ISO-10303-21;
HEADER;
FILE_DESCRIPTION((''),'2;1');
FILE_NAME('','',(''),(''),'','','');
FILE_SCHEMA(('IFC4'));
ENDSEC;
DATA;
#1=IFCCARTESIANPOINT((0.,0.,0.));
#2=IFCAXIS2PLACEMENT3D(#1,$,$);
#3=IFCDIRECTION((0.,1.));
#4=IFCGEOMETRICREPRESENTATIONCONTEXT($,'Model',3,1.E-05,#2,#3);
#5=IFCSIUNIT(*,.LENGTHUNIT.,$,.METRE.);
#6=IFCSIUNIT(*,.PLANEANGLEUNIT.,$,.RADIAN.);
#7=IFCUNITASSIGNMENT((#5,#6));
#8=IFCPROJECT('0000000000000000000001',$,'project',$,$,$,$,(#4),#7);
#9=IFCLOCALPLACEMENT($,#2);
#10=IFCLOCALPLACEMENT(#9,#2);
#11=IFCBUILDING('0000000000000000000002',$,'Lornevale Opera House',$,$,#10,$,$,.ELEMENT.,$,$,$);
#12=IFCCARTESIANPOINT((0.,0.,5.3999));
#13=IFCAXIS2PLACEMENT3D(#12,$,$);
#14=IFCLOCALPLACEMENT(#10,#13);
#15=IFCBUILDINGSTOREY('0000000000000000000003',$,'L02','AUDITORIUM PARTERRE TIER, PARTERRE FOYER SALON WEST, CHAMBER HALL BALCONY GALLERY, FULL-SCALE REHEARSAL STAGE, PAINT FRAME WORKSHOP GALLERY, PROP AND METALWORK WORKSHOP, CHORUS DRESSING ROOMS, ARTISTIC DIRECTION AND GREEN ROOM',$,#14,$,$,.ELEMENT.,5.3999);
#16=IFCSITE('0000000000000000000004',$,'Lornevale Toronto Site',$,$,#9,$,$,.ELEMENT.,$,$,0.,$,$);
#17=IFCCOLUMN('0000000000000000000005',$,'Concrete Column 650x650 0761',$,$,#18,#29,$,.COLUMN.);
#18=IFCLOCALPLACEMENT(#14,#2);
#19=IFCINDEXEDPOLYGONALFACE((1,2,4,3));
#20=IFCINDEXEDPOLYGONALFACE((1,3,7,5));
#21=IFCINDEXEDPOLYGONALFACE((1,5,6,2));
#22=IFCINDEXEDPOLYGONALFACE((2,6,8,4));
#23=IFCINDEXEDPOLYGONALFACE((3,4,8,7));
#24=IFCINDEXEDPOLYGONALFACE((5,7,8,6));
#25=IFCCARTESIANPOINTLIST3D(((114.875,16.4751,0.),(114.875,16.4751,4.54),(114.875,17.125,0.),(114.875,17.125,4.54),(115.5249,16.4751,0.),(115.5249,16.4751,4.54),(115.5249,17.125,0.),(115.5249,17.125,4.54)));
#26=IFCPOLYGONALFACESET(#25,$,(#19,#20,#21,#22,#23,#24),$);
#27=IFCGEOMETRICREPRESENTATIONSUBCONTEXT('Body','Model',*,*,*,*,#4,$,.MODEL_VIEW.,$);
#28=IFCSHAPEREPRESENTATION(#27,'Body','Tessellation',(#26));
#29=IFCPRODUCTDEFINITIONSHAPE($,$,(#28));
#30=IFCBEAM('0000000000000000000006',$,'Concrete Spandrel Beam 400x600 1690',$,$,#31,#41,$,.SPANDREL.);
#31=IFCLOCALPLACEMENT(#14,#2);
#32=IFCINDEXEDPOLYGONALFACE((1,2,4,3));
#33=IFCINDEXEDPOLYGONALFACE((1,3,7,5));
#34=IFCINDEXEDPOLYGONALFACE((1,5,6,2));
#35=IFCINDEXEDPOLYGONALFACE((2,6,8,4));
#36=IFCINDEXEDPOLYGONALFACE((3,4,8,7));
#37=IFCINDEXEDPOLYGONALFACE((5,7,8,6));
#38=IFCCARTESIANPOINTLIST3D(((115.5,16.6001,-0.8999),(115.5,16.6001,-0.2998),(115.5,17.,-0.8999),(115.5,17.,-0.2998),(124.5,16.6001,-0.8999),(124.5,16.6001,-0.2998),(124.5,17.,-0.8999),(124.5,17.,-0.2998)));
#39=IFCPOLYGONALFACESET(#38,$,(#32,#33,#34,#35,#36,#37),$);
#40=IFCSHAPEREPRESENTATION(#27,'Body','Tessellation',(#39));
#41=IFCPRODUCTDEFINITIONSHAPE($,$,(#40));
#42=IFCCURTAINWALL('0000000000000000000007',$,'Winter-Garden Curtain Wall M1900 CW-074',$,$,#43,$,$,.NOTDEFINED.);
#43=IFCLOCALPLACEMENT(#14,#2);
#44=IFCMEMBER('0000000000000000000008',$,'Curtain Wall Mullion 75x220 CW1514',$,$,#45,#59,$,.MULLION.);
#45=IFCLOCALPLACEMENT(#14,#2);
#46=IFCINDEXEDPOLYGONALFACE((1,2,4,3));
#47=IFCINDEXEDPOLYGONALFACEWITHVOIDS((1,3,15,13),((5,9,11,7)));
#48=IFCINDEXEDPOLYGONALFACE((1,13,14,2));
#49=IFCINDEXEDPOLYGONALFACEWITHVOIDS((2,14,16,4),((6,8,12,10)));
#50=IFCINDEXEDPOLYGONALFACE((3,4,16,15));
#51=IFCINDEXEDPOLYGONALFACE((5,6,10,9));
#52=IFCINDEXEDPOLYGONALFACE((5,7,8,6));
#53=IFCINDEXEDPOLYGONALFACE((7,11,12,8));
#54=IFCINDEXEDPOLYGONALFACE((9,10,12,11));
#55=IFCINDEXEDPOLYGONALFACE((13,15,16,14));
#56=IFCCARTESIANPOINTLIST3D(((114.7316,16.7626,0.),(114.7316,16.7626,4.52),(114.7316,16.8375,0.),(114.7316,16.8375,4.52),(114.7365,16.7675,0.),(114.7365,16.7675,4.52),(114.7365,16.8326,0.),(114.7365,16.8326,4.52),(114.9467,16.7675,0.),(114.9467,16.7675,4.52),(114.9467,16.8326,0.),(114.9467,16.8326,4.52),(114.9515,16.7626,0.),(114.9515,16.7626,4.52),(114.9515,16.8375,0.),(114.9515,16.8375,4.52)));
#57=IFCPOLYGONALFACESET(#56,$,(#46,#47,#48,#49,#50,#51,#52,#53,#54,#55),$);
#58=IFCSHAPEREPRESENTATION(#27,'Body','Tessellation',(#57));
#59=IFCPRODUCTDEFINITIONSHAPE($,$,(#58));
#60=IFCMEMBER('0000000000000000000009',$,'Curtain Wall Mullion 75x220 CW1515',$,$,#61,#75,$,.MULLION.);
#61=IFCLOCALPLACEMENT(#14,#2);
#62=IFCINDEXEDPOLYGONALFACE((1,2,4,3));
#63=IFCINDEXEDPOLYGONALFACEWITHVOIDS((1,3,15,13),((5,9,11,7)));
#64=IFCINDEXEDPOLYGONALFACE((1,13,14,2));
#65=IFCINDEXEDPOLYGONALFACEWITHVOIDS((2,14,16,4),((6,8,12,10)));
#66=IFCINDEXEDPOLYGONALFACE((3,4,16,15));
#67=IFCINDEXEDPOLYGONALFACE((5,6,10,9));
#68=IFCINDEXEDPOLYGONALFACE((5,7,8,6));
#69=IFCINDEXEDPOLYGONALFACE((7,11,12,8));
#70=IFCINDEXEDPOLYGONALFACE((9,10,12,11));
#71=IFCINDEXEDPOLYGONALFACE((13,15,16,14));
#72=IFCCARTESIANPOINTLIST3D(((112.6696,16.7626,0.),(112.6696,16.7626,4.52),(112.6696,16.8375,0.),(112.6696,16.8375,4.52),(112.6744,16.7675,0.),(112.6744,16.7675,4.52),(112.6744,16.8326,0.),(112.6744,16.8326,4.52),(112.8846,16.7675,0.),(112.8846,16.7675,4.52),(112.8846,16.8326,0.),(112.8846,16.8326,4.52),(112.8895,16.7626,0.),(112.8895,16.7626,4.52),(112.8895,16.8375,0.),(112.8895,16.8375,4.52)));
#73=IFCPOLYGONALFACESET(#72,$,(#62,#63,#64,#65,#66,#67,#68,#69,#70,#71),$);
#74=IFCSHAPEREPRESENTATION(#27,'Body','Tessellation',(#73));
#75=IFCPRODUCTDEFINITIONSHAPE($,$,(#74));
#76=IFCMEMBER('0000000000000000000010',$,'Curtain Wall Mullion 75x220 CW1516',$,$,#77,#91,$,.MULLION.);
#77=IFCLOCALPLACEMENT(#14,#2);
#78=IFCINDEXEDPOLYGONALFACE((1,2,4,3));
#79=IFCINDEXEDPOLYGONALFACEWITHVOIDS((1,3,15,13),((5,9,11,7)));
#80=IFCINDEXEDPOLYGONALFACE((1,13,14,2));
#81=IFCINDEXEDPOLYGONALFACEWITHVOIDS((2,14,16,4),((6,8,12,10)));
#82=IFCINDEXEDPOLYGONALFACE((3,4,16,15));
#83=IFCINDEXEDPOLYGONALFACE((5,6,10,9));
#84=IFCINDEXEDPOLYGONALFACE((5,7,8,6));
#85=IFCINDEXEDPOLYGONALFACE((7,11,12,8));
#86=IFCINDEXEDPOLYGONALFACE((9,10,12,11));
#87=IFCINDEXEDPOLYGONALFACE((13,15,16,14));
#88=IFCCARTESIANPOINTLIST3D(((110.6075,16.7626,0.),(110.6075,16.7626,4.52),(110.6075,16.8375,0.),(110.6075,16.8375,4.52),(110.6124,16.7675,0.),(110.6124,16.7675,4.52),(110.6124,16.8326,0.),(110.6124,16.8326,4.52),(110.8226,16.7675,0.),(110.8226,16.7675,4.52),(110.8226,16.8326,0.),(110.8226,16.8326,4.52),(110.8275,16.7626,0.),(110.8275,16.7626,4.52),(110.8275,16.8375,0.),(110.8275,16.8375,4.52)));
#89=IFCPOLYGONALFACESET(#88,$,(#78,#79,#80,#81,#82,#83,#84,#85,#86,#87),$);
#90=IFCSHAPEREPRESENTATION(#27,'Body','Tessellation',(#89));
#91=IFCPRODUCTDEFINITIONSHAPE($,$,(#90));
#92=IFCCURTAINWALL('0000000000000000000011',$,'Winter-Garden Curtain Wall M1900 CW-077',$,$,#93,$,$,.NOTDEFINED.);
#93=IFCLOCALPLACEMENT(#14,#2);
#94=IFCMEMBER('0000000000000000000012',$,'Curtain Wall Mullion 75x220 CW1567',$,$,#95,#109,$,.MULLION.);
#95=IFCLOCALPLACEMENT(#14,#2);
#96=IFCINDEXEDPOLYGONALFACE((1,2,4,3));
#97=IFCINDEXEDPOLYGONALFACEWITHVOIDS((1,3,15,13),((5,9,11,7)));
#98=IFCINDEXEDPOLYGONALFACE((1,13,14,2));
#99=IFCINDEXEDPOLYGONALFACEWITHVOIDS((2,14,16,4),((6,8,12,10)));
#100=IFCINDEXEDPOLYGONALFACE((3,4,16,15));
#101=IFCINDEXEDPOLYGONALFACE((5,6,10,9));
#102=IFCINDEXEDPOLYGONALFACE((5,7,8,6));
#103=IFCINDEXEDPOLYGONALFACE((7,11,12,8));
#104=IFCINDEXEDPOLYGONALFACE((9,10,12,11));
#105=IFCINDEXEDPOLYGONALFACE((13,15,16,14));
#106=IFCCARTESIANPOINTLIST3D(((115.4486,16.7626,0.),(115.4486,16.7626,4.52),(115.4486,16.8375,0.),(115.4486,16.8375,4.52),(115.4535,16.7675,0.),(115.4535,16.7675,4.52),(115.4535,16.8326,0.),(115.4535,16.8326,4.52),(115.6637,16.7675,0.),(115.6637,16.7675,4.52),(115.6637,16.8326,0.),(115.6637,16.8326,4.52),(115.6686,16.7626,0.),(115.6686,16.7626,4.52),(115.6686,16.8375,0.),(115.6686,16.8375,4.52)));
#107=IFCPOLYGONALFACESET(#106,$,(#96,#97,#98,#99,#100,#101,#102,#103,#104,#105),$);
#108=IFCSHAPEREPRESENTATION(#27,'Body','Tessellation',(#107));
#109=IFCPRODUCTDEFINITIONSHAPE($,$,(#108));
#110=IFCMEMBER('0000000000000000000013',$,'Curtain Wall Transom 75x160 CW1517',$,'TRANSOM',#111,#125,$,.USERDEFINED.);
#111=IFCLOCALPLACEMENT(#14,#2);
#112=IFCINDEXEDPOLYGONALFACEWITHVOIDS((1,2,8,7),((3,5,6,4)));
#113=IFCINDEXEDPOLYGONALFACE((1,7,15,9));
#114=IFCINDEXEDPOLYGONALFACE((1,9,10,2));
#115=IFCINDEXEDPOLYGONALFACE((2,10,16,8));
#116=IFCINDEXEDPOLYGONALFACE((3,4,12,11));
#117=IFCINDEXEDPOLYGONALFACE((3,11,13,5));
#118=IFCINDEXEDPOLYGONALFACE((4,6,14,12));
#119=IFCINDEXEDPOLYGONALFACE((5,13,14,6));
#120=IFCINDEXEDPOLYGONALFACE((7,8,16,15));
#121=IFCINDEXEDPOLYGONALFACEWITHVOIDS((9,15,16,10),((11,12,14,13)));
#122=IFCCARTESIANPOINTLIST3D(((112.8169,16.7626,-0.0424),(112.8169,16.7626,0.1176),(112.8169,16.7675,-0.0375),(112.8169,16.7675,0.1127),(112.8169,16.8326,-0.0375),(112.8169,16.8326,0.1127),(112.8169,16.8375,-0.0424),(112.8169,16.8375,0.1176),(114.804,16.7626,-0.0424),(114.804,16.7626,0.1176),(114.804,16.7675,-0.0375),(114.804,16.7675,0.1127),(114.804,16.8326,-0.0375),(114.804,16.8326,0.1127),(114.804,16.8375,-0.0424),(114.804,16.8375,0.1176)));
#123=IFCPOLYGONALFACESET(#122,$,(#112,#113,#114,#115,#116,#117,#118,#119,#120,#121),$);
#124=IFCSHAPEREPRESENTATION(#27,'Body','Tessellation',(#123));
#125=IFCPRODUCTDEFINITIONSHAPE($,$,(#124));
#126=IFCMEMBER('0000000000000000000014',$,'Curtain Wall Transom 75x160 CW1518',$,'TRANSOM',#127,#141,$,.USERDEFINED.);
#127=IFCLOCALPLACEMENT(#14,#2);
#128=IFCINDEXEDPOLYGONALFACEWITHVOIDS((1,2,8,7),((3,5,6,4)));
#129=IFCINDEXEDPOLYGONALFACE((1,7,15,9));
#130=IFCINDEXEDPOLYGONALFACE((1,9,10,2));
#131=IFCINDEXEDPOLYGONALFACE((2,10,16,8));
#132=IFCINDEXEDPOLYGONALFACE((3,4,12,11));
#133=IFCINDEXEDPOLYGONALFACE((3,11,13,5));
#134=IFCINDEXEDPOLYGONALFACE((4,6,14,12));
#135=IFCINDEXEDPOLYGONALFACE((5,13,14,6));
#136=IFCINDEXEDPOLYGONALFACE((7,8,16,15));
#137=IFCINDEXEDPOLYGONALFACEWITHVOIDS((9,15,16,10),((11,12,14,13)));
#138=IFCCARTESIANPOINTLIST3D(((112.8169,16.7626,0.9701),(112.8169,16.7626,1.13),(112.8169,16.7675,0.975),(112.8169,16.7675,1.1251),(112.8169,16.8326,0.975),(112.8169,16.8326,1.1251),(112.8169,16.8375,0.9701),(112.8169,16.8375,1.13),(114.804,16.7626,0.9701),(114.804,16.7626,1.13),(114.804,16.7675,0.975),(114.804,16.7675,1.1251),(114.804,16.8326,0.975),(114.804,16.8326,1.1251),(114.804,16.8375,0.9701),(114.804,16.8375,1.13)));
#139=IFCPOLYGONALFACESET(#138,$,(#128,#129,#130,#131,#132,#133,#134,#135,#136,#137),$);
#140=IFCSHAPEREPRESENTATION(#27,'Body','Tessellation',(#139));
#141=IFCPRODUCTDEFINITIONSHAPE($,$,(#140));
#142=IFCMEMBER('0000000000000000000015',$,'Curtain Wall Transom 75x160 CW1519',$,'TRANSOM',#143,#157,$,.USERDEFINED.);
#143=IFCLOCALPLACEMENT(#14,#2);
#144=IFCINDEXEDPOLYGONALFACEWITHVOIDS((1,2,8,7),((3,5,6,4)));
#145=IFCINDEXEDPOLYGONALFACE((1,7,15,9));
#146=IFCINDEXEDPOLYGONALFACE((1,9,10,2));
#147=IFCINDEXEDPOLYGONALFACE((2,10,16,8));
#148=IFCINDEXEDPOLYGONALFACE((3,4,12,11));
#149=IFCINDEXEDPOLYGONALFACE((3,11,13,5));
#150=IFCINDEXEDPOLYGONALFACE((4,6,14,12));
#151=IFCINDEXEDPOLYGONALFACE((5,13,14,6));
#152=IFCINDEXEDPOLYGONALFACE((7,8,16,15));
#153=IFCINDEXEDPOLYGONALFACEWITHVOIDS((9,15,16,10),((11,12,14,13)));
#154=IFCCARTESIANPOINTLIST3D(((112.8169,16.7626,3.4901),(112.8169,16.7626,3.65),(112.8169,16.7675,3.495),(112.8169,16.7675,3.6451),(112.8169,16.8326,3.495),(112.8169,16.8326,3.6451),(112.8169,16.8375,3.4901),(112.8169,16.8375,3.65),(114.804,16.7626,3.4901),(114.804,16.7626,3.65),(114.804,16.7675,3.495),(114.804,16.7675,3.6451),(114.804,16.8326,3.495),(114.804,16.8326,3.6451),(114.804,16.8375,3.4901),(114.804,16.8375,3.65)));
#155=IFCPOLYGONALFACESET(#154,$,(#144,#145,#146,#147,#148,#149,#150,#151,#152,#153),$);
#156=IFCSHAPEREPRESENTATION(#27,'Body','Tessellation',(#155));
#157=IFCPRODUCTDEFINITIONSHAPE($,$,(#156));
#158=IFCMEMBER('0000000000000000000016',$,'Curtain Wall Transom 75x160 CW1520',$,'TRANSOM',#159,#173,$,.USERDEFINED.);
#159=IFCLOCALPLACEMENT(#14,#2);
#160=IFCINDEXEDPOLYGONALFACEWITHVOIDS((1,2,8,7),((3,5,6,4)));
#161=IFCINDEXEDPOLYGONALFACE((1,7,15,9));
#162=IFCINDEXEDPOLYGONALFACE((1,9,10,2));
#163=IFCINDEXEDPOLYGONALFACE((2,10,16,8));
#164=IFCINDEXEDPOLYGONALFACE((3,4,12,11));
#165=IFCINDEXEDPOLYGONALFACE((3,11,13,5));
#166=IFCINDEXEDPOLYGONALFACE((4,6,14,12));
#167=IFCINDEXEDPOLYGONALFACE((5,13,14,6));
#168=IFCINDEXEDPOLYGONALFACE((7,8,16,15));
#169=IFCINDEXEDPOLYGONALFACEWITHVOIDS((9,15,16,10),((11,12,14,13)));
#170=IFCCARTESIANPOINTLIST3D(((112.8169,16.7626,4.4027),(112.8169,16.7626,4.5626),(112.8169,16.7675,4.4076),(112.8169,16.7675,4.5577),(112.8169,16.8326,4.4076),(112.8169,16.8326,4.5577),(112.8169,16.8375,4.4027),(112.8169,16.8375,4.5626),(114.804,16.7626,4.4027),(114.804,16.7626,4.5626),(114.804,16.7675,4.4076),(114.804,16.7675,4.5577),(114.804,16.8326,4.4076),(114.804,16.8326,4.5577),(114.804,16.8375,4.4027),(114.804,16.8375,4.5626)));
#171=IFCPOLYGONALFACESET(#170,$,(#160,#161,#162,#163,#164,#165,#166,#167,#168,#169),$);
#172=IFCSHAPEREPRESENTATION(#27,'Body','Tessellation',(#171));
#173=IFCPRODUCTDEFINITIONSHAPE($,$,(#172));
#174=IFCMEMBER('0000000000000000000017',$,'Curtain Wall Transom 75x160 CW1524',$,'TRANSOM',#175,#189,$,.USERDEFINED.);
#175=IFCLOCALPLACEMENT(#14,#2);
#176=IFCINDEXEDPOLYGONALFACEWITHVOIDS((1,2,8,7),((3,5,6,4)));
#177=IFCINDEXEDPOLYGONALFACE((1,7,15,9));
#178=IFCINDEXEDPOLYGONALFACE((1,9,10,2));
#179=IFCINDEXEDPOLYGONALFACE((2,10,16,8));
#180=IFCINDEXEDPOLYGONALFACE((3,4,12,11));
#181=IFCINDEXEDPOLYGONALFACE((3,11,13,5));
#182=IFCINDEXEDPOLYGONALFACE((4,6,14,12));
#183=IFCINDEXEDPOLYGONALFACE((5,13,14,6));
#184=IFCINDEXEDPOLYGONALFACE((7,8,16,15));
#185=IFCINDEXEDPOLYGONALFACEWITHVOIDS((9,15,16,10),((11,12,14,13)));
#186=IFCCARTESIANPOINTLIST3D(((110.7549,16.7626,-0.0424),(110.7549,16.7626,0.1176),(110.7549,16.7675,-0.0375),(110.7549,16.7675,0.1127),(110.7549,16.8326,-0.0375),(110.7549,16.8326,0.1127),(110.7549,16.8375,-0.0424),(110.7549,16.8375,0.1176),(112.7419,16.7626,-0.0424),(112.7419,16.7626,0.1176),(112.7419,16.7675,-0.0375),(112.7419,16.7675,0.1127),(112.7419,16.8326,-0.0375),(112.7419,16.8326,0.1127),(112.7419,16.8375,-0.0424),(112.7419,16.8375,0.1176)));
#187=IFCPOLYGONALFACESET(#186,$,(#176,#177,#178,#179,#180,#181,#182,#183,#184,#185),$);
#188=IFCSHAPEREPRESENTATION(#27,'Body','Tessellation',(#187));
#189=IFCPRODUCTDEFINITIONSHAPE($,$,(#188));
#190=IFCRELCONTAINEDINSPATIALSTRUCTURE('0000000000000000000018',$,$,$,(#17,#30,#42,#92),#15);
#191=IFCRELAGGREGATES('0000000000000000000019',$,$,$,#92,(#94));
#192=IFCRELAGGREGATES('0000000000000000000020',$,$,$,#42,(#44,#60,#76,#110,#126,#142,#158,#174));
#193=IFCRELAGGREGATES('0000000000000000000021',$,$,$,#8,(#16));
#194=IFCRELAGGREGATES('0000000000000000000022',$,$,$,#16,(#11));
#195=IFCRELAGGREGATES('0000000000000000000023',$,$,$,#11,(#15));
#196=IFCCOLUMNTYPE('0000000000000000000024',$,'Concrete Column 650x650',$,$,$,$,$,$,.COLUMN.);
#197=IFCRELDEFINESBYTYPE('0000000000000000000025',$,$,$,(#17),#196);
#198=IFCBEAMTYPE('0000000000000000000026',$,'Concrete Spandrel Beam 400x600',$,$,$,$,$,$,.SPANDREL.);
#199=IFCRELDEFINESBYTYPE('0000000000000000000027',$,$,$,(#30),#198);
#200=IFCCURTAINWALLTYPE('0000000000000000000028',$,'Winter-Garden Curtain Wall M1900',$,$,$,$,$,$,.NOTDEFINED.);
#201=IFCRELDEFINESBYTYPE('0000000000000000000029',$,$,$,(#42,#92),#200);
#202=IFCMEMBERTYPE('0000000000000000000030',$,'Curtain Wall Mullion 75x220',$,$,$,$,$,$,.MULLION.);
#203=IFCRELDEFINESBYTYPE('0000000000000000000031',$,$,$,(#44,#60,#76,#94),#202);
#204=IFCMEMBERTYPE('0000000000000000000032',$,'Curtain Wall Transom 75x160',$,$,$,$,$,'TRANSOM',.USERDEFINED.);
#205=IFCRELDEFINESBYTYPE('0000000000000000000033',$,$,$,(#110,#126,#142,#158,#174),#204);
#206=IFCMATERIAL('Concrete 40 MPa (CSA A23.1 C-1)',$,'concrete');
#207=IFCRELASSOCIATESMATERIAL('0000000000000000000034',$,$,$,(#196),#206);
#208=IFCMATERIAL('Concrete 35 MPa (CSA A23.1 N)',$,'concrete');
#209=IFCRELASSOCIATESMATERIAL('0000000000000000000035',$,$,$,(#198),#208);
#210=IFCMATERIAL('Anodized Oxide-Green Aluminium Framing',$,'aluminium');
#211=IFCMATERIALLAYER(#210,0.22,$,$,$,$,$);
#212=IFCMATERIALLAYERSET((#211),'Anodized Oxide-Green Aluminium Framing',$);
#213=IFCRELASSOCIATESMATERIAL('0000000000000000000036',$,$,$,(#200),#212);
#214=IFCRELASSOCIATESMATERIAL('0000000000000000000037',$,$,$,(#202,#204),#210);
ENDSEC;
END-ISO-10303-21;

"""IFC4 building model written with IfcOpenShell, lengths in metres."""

from ifc_helpers import new_model, si_unit, direction, frame, origin, origin_2d, place, context, subcontext, project, spatial, rectangle, hollow_rectangle, extrude, material, layer, layer_set, material_profile, profile_set, type_object, element, aggregate, save


model = new_model("IFC4")

# Units and contexts
model_context = context("Model", 3, precision=1e-05, world=origin(), true_north=direction((0.0, 1.0)))
body_context = subcontext(model_context, "Body", "Model", "MODEL_VIEW")
ifc_project = project(units=[si_unit("LENGTHUNIT", "METRE"), si_unit("PLANEANGLEUNIT", "RADIAN")], contexts=[model_context])

# Site, building, storey
site_placement = place(None, origin())
site = spatial("IfcSite", under=ifc_project, at=site_placement, Name="Lornevale Toronto Site", CompositionType="ELEMENT", RefElevation=0.0)
building_placement = place(site_placement, origin())
building = spatial("IfcBuilding", under=site, at=building_placement, Name="Lornevale Opera House", CompositionType="ELEMENT")
storey_placement = place(building_placement, frame((0.0, 0.0, 5.3999)))
storey = spatial("IfcBuildingStorey", under=building, at=storey_placement, Name="L02", Description="AUDITORIUM PARTERRE TIER, PARTERRE FOYER SALON WEST, CHAMBER HALL BALCONY GALLERY, FULL-SCALE REHEARSAL STAGE, PAINT FRAME WORKSHOP GALLERY, PROP AND METALWORK WORKSHOP, CHORUS DRESSING ROOMS, ARTISTIC DIRECTION AND GREEN ROOM", CompositionType="ELEMENT", Elevation=5.3999)

# Column
ifc_material_1 = material(Name="Concrete 40 MPa (CSA A23.1 C-1)", Category="concrete")
ifc_material_profile_1 = material_profile(ifc_material_1, rectangle(XDim=0.6499, YDim=0.6499, at=origin_2d()), Name="RC650x650")
ifc_profile_set_1 = profile_set([ifc_material_profile_1], Name="Concrete 40 MPa (CSA A23.1 C-1)")
column_type = type_object("IfcColumnType", Name="Concrete Column 650x650", PredefinedType="COLUMN", material=ifc_profile_set_1)
column_placement = place(storey_placement, frame((115.2, 16.8, 0.0), z_axis=(0.0, 0.0, 1.0), x_axis=(1.0, 0.0, 0.0)))
element("IfcColumn", 1, at=column_placement, inside=storey, type_object=column_type, Name="Concrete Column 650x650 0761", PredefinedType="COLUMN", context=body_context, shape_type="SweptSolid", body=[
    extrude(rectangle(XDim=0.6499, YDim=0.6499, at=origin_2d()), origin(), (0.0, 0.0, 1.0), 4.54),
])

# Beam
ifc_material_2 = material(Name="Concrete 35 MPa (CSA A23.1 N)", Category="concrete")
ifc_material_profile_2 = material_profile(ifc_material_2, rectangle(XDim=0.3999, YDim=0.6001, at=origin_2d()), Name="RC400x600")
ifc_profile_set_2 = profile_set([ifc_material_profile_2], Name="Concrete 35 MPa (CSA A23.1 N)")
beam_type = type_object("IfcBeamType", Name="Concrete Spandrel Beam 400x600", PredefinedType="SPANDREL", material=ifc_profile_set_2)
beam_placement = place(storey_placement, frame((115.5, 16.8, -0.5999), z_axis=(1.0, 0.0, 0.0), x_axis=(0.0, 1.0, 0.0)))
element("IfcBeam", 2, at=beam_placement, inside=storey, type_object=beam_type, Name="Concrete Spandrel Beam 400x600 1690", PredefinedType="SPANDREL", context=body_context, shape_type="SweptSolid", body=[
    extrude(rectangle(XDim=0.3999, YDim=0.6001, at=origin_2d()), origin(), (0.0, 0.0, 1.0), 9.0),
])

# Curtain wall, members
ifc_material_3 = material(Name="Anodized Oxide-Green Aluminium Framing", Category="aluminium")
ifc_layer_1 = layer(ifc_material_3, 0.22)
ifc_layer_set_1 = layer_set([ifc_layer_1], Name="Anodized Oxide-Green Aluminium Framing")
curtain_wall_type = type_object("IfcCurtainWallType", Name="Winter-Garden Curtain Wall M1900", PredefinedType="NOTDEFINED", material=ifc_layer_set_1)
curtain_wall_1_placement = place(storey_placement, origin())
curtain_wall_1 = element("IfcCurtainWall", 3, at=curtain_wall_1_placement, inside=storey, type_object=curtain_wall_type, Name="Winter-Garden Curtain Wall M1900 CW-074", PredefinedType="NOTDEFINED")
ifc_material_profile_3 = material_profile(ifc_material_3, hollow_rectangle(XDim=0.075, YDim=0.22, WallThickness=0.0049, at=origin_2d()), Name="ALU75x220x5")
ifc_profile_set_3 = profile_set([ifc_material_profile_3], Name="Anodized Oxide-Green Aluminium Framing")
member_type_1 = type_object("IfcMemberType", Name="Curtain Wall Mullion 75x220", PredefinedType="MULLION", material=ifc_profile_set_3)
member_1_placement = place(storey_placement, frame((114.8416, 16.8, 0.0), z_axis=(0.0, 0.0, 1.0), x_axis=(0.0, -1.0, 0.0)))
member_1 = element("IfcMember", 4, at=member_1_placement, type_object=member_type_1, Name="Curtain Wall Mullion 75x220 CW1514", PredefinedType="MULLION", context=body_context, shape_type="SweptSolid", body=[
    extrude(hollow_rectangle(XDim=0.075, YDim=0.22, WallThickness=0.0049, at=origin_2d()), origin(), (0.0, 0.0, 1.0), 4.52),
])
member_2_placement = place(storey_placement, frame((112.7795, 16.8, 0.0), z_axis=(0.0, 0.0, 1.0), x_axis=(0.0, -1.0, 0.0)))
member_2 = element("IfcMember", 5, at=member_2_placement, type_object=member_type_1, Name="Curtain Wall Mullion 75x220 CW1515", PredefinedType="MULLION", context=body_context, shape_type="SweptSolid", body=[
    extrude(hollow_rectangle(XDim=0.075, YDim=0.22, WallThickness=0.0049, at=origin_2d()), origin(), (0.0, 0.0, 1.0), 4.52),
])
member_3_placement = place(storey_placement, frame((110.7175, 16.8, 0.0), z_axis=(0.0, 0.0, 1.0), x_axis=(0.0, -1.0, 0.0)))
member_3 = element("IfcMember", 6, at=member_3_placement, type_object=member_type_1, Name="Curtain Wall Mullion 75x220 CW1516", PredefinedType="MULLION", context=body_context, shape_type="SweptSolid", body=[
    extrude(hollow_rectangle(XDim=0.075, YDim=0.22, WallThickness=0.0049, at=origin_2d()), origin(), (0.0, 0.0, 1.0), 4.52),
])

# Curtain wall, member
curtain_wall_2_placement = place(storey_placement, origin())
curtain_wall_2 = element("IfcCurtainWall", 7, at=curtain_wall_2_placement, inside=storey, type_object=curtain_wall_type, Name="Winter-Garden Curtain Wall M1900 CW-077", PredefinedType="NOTDEFINED")
member_4_placement = place(storey_placement, frame((115.5586, 16.8, 0.0), z_axis=(0.0, 0.0, 1.0), x_axis=(0.0, -1.0, 0.0)))
member_4 = element("IfcMember", 8, at=member_4_placement, type_object=member_type_1, Name="Curtain Wall Mullion 75x220 CW1567", PredefinedType="MULLION", context=body_context, shape_type="SweptSolid", body=[
    extrude(hollow_rectangle(XDim=0.075, YDim=0.22, WallThickness=0.0049, at=origin_2d()), origin(), (0.0, 0.0, 1.0), 4.52),
])
aggregate(curtain_wall_2, [member_4])

# Members
ifc_material_profile_4 = material_profile(ifc_material_3, hollow_rectangle(XDim=0.075, YDim=0.1599, WallThickness=0.0049, at=origin_2d()), Name="ALU75x160x5")
ifc_profile_set_4 = profile_set([ifc_material_profile_4], Name="Anodized Oxide-Green Aluminium Framing")
member_type_2 = type_object("IfcMemberType", Name="Curtain Wall Transom 75x160", ElementType="TRANSOM", PredefinedType="USERDEFINED", material=ifc_profile_set_4)
member_5_placement = place(storey_placement, frame((114.804, 16.8, 0.0376), z_axis=(-1.0, 0.0, 0.0), x_axis=(0.0, -1.0, 0.0)))
member_5 = element("IfcMember", 9, at=member_5_placement, type_object=member_type_2, Name="Curtain Wall Transom 75x160 CW1517", ObjectType="TRANSOM", PredefinedType="USERDEFINED", context=body_context, shape_type="SweptSolid", body=[
    extrude(hollow_rectangle(XDim=0.075, YDim=0.1599, WallThickness=0.0049, at=origin_2d()), origin(), (0.0, 0.0, 1.0), 1.9871),
])
member_6_placement = place(storey_placement, frame((114.804, 16.8, 1.05), z_axis=(-1.0, 0.0, 0.0), x_axis=(0.0, -1.0, 0.0)))
member_6 = element("IfcMember", 10, at=member_6_placement, type_object=member_type_2, Name="Curtain Wall Transom 75x160 CW1518", ObjectType="TRANSOM", PredefinedType="USERDEFINED", context=body_context, shape_type="SweptSolid", body=[
    extrude(hollow_rectangle(XDim=0.075, YDim=0.1599, WallThickness=0.0049, at=origin_2d()), origin(), (0.0, 0.0, 1.0), 1.9871),
])
member_7_placement = place(storey_placement, frame((114.804, 16.8, 3.5701), z_axis=(-1.0, 0.0, 0.0), x_axis=(0.0, -1.0, 0.0)))
member_7 = element("IfcMember", 11, at=member_7_placement, type_object=member_type_2, Name="Curtain Wall Transom 75x160 CW1519", ObjectType="TRANSOM", PredefinedType="USERDEFINED", context=body_context, shape_type="SweptSolid", body=[
    extrude(hollow_rectangle(XDim=0.075, YDim=0.1599, WallThickness=0.0049, at=origin_2d()), origin(), (0.0, 0.0, 1.0), 1.9871),
])
member_8_placement = place(storey_placement, frame((114.804, 16.8, 4.4827), z_axis=(-1.0, 0.0, 0.0), x_axis=(0.0, -1.0, 0.0)))
member_8 = element("IfcMember", 12, at=member_8_placement, type_object=member_type_2, Name="Curtain Wall Transom 75x160 CW1520", ObjectType="TRANSOM", PredefinedType="USERDEFINED", context=body_context, shape_type="SweptSolid", body=[
    extrude(hollow_rectangle(XDim=0.075, YDim=0.1599, WallThickness=0.0049, at=origin_2d()), origin(), (0.0, 0.0, 1.0), 1.9871),
])
member_9_placement = place(storey_placement, frame((112.7419, 16.8, 0.0376), z_axis=(-1.0, 0.0, 0.0), x_axis=(0.0, -1.0, 0.0)))
member_9 = element("IfcMember", 13, at=member_9_placement, type_object=member_type_2, Name="Curtain Wall Transom 75x160 CW1524", ObjectType="TRANSOM", PredefinedType="USERDEFINED", context=body_context, shape_type="SweptSolid", body=[
    extrude(hollow_rectangle(XDim=0.075, YDim=0.1599, WallThickness=0.0049, at=origin_2d()), origin(), (0.0, 0.0, 1.0), 1.9871),
])

aggregate(curtain_wall_1, [member_1, member_2, member_3, member_5, member_6, member_7, member_8, member_9])

save(model, "model.ifc")
